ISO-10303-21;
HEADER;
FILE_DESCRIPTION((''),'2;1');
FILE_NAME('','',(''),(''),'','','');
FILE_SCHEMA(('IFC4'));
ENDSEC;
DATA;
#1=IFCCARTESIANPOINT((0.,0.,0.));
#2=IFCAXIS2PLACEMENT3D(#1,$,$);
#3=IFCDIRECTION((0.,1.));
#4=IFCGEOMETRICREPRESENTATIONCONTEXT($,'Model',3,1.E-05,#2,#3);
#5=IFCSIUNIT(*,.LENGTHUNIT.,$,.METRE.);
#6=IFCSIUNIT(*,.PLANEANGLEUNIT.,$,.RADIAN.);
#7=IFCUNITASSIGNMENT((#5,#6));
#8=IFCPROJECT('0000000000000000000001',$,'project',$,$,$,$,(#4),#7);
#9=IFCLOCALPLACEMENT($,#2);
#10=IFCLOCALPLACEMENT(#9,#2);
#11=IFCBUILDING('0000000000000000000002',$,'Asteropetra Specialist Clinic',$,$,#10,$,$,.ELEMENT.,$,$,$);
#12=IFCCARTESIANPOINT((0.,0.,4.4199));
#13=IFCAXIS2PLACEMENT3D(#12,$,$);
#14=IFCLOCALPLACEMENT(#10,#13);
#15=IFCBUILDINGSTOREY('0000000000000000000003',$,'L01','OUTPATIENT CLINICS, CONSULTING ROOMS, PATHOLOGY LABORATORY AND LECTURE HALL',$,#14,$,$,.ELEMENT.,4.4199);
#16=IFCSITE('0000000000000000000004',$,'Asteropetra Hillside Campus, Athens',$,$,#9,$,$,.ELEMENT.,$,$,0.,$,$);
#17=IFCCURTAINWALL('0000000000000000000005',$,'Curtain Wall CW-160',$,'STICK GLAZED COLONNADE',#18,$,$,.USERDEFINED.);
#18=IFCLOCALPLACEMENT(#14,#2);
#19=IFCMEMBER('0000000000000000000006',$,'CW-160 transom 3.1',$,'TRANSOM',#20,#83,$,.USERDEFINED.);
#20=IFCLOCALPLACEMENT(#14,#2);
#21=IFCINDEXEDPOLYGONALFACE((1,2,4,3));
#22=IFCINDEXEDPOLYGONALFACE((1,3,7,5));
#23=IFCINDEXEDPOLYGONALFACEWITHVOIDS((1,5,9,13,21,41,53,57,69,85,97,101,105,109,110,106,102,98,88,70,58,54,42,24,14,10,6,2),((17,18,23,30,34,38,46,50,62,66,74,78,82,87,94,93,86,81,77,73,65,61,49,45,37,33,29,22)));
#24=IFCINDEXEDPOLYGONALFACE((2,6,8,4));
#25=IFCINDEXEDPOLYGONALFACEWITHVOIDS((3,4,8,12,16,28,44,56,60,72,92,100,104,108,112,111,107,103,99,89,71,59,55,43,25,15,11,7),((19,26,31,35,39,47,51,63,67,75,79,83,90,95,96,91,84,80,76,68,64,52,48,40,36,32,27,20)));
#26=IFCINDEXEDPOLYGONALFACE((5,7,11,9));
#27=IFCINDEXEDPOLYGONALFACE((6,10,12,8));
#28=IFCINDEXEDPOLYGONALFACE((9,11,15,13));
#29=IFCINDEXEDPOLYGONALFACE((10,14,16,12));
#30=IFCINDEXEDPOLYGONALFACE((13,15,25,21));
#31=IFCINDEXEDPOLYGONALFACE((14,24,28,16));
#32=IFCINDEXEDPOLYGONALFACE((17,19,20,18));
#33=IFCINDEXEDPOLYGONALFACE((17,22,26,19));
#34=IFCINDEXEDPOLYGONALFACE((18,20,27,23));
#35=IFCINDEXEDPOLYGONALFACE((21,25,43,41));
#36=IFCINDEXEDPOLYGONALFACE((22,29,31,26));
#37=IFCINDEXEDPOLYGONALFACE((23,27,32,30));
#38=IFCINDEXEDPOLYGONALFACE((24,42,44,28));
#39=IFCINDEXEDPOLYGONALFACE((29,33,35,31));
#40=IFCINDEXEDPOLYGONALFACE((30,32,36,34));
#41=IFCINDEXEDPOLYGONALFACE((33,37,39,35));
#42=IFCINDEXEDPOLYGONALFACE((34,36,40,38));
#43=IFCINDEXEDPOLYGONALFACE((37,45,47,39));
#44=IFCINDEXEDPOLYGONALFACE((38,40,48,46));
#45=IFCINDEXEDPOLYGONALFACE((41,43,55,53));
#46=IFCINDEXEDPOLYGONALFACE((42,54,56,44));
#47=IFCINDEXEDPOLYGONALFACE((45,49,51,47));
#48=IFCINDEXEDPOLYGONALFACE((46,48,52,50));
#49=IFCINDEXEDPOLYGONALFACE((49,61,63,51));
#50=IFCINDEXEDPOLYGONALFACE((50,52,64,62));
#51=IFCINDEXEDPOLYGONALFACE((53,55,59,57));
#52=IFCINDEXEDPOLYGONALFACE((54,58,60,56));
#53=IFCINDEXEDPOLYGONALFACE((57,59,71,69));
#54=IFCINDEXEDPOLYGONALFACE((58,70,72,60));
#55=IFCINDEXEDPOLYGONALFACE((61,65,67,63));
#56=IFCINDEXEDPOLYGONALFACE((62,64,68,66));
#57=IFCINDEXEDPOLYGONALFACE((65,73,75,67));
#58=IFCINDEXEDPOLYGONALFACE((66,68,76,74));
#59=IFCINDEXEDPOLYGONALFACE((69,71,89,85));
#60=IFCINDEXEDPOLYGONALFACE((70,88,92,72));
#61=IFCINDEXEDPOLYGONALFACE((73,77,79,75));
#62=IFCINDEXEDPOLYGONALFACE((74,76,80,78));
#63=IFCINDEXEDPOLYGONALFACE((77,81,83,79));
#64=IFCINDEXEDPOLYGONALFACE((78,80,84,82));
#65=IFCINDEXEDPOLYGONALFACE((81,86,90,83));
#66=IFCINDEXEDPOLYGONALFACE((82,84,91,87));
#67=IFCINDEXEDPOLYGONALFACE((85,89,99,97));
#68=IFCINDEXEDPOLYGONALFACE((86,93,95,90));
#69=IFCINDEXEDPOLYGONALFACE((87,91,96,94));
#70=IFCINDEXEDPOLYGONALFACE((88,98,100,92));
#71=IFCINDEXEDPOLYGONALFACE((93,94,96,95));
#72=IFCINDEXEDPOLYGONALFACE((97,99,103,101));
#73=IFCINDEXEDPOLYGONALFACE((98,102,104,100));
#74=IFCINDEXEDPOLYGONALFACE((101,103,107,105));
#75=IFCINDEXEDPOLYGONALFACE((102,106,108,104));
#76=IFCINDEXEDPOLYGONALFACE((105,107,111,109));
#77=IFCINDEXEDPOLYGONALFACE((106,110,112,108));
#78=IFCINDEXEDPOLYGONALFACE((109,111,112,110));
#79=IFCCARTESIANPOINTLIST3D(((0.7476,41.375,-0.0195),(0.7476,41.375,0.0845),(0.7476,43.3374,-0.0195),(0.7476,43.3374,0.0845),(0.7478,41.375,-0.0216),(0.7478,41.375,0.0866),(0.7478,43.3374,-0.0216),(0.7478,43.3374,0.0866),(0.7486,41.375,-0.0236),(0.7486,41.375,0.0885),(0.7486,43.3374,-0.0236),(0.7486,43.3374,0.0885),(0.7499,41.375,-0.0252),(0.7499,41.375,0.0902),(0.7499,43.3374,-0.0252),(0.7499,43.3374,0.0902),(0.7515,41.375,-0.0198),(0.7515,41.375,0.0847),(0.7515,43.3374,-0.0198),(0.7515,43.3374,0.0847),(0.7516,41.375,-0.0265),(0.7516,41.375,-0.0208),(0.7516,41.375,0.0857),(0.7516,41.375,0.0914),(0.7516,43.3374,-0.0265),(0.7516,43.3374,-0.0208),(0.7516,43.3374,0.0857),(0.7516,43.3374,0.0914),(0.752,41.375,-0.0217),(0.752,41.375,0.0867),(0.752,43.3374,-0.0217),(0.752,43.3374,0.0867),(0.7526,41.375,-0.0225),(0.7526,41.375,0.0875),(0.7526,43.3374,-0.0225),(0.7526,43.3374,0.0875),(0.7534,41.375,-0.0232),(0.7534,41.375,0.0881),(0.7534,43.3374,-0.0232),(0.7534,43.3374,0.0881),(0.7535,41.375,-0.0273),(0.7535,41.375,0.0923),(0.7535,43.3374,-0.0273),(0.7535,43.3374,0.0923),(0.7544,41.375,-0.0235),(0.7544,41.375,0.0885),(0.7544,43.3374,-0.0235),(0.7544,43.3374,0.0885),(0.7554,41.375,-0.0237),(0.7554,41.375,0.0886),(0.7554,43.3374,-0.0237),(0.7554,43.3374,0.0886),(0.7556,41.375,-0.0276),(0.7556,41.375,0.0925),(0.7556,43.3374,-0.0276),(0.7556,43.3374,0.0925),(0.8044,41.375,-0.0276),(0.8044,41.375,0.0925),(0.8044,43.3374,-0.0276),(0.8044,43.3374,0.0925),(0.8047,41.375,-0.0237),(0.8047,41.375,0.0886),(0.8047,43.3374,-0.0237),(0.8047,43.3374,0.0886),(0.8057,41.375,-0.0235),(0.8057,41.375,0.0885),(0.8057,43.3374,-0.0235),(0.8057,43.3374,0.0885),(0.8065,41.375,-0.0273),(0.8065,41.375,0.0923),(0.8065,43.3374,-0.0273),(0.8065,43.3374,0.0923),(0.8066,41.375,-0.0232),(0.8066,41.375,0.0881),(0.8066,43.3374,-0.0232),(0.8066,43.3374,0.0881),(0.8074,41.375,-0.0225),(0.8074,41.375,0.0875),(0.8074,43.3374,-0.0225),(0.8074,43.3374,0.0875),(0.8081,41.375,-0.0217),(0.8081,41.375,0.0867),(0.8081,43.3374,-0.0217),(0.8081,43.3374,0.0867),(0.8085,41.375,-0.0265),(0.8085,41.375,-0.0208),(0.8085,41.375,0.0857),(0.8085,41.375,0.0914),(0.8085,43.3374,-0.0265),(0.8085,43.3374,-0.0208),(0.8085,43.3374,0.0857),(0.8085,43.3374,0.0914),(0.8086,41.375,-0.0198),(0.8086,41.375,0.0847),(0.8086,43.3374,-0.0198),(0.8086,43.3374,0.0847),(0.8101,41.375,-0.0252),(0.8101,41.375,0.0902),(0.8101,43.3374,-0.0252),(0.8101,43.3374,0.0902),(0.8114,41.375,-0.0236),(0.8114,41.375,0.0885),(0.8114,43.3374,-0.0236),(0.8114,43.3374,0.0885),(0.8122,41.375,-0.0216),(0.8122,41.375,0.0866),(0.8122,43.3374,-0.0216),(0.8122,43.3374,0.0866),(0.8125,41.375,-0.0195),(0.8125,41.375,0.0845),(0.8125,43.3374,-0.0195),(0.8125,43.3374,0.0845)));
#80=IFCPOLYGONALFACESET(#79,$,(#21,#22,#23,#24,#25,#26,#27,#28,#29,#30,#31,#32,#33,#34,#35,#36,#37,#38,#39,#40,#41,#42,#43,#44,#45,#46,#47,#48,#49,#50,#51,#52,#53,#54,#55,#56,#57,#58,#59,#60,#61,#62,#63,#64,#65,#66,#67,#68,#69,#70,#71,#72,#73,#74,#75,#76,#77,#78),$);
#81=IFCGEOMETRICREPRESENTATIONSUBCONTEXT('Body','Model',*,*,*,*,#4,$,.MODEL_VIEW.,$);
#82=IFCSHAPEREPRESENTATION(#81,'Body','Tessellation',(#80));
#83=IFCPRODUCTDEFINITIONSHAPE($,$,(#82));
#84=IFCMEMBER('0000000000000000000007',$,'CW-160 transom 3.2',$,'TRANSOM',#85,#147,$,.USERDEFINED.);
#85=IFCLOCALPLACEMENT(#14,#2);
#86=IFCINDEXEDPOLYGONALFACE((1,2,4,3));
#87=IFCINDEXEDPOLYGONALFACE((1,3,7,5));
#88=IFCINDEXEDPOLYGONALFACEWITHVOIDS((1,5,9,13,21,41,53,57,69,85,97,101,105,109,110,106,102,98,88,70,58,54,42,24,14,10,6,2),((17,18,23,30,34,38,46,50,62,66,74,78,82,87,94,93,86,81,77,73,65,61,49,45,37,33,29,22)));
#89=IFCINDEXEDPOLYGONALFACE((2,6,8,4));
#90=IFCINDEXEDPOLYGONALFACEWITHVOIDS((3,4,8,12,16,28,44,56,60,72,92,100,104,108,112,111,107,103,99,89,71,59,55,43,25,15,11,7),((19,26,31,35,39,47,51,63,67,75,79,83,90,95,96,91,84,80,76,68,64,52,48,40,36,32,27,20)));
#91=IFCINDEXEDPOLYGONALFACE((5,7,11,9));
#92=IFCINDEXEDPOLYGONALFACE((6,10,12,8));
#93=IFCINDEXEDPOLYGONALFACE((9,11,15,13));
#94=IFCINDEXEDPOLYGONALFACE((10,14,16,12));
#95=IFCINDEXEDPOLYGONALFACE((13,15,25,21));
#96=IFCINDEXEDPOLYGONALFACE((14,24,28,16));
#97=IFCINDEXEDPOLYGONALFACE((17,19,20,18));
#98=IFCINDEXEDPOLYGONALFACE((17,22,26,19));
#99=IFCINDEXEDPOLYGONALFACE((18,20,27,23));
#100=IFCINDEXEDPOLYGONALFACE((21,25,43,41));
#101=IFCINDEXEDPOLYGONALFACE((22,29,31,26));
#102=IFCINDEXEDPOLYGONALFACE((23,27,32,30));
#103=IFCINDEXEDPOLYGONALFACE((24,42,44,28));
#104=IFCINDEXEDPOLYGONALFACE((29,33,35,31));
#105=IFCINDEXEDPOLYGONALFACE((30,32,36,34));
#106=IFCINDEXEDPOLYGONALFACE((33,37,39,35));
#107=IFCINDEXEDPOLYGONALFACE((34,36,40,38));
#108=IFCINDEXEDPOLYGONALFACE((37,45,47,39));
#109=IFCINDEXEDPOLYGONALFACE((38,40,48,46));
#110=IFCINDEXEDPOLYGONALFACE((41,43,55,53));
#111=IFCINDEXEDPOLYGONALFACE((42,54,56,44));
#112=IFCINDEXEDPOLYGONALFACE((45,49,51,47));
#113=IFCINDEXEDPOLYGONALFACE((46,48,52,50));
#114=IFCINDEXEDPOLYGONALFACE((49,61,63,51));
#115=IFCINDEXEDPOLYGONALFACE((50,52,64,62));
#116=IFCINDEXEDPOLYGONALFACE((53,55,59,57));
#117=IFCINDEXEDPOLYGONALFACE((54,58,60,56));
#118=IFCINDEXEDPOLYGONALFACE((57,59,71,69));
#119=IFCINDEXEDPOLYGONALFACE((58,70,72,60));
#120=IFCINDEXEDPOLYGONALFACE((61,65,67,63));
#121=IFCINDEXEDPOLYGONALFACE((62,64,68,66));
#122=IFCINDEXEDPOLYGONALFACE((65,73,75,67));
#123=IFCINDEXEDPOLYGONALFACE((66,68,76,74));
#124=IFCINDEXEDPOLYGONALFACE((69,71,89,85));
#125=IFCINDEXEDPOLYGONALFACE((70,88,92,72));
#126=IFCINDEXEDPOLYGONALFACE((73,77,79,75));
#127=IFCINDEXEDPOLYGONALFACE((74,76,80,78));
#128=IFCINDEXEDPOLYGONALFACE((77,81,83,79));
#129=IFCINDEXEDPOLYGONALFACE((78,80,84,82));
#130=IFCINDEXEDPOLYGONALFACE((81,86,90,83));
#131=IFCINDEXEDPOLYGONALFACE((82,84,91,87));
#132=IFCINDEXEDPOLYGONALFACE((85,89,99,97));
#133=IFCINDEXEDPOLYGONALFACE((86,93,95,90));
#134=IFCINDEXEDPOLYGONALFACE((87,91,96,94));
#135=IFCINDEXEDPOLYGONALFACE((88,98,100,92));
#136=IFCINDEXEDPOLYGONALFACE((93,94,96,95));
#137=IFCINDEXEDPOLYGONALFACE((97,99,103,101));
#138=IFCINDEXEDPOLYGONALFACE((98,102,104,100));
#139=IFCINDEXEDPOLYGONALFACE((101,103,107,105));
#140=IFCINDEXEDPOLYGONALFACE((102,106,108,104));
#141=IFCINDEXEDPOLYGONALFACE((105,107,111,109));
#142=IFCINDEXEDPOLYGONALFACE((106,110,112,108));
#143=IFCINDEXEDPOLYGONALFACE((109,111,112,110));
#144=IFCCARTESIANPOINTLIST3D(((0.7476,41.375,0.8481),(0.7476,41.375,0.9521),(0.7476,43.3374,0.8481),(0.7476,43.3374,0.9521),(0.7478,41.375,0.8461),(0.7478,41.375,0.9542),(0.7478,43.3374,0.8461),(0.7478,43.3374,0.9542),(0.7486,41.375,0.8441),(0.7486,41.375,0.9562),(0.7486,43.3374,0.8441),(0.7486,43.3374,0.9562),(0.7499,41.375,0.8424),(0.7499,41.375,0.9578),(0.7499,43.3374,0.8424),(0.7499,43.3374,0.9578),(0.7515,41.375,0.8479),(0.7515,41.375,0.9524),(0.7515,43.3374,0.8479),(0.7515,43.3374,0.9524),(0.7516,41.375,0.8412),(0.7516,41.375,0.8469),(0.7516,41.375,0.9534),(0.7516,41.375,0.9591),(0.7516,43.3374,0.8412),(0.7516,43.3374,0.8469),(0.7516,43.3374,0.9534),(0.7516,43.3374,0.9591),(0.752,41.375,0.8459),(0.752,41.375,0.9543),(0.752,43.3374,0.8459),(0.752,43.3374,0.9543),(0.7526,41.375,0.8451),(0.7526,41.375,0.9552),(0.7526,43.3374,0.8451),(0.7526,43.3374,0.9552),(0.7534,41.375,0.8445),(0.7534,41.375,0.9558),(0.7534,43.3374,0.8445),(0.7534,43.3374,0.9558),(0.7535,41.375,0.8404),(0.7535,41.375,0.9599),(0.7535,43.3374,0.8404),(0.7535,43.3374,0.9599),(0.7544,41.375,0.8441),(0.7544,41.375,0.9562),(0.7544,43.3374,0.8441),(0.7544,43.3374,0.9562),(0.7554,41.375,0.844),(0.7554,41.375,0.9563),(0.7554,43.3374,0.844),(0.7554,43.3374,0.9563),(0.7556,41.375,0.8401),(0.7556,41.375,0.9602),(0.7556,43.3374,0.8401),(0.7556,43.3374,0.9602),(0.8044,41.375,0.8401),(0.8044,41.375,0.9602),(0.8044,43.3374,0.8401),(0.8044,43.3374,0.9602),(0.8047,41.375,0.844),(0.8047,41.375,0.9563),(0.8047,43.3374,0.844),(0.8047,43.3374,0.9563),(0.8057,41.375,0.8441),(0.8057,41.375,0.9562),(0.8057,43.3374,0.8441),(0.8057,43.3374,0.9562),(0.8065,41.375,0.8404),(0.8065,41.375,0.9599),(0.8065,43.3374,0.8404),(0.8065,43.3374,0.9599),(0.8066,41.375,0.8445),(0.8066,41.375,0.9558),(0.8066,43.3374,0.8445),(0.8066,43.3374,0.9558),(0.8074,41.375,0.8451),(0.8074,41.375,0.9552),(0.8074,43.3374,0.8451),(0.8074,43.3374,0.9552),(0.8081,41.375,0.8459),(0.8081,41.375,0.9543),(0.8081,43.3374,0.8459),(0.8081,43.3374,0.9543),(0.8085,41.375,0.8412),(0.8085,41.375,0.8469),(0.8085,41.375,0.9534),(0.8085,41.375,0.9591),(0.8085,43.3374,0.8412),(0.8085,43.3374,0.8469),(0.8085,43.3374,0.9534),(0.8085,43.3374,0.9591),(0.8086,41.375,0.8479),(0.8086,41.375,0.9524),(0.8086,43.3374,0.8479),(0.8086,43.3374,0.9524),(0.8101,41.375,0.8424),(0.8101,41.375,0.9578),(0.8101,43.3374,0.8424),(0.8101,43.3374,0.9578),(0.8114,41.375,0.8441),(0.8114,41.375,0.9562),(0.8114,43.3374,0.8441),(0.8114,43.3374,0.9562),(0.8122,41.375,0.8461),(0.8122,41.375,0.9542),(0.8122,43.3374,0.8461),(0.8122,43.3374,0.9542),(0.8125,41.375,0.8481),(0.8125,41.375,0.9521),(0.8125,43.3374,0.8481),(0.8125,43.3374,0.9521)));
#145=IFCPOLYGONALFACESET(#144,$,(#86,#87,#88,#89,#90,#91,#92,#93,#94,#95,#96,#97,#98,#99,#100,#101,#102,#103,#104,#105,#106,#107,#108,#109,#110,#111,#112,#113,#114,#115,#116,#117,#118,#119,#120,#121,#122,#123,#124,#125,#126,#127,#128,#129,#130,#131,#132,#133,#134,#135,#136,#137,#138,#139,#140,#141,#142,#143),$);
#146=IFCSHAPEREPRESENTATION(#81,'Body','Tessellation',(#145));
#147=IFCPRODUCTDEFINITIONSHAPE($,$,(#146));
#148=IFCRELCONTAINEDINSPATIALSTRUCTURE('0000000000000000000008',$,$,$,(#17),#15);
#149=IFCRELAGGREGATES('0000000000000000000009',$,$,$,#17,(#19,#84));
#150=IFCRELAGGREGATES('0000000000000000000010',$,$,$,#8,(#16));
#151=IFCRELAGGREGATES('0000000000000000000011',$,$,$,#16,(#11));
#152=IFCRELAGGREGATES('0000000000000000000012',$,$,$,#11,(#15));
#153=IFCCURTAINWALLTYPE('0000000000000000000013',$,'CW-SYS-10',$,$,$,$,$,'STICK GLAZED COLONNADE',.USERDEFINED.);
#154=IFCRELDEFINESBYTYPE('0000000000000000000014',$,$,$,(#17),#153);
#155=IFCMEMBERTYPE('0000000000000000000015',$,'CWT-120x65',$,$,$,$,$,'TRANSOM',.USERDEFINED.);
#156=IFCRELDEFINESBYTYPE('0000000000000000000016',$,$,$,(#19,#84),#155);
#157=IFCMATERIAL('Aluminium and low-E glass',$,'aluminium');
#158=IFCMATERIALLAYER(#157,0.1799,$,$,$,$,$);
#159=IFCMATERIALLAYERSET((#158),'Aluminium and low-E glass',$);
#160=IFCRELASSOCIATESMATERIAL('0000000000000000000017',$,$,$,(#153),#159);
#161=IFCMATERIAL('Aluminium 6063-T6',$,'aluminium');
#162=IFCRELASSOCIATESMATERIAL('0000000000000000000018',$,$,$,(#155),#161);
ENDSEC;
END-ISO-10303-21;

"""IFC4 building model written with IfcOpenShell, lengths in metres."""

from ifc_helpers import new_model, si_unit, direction, frame, origin, origin_2d, place, context, subcontext, project, spatial, hollow_rectangle, extrude, material, layer, layer_set, material_profile, profile_set, type_object, element, aggregate, save


model = new_model("IFC4")

# Units and contexts
model_context = context("Model", 3, precision=1e-05, world=origin(), true_north=direction((0.0, 1.0)))
body_context = subcontext(model_context, "Body", "Model", "MODEL_VIEW")
ifc_project = project(units=[si_unit("LENGTHUNIT", "METRE"), si_unit("PLANEANGLEUNIT", "RADIAN")], contexts=[model_context])

# Site, building, storey
site_placement = place(None, origin())
site = spatial("IfcSite", under=ifc_project, at=site_placement, Name="Asteropetra Hillside Campus, Athens", CompositionType="ELEMENT", RefElevation=0.0)
building_placement = place(site_placement, origin())
building = spatial("IfcBuilding", under=site, at=building_placement, Name="Asteropetra Specialist Clinic", CompositionType="ELEMENT")
storey_placement = place(building_placement, frame((0.0, 0.0, 4.4199)))
storey = spatial("IfcBuildingStorey", under=building, at=storey_placement, Name="L01", Description="OUTPATIENT CLINICS, CONSULTING ROOMS, PATHOLOGY LABORATORY AND LECTURE HALL", CompositionType="ELEMENT", Elevation=4.4199)

# Curtain wall, members
ifc_material_1 = material(Name="Aluminium and low-E glass", Category="aluminium")
ifc_layer_1 = layer(ifc_material_1, 0.1799)
ifc_layer_set_1 = layer_set([ifc_layer_1], Name="Aluminium and low-E glass")
curtain_wall_type = type_object("IfcCurtainWallType", Name="CW-SYS-10", ElementType="STICK GLAZED COLONNADE", PredefinedType="USERDEFINED", material=ifc_layer_set_1)
curtain_wall_placement = place(storey_placement, origin())
curtain_wall = element("IfcCurtainWall", 1, at=curtain_wall_placement, inside=storey, type_object=curtain_wall_type, Name="Curtain Wall CW-160", ObjectType="STICK GLAZED COLONNADE", PredefinedType="USERDEFINED")
ifc_material_2 = material(Name="Aluminium 6063-T6", Category="aluminium")
ifc_material_profile_1 = material_profile(ifc_material_2, hollow_rectangle(XDim=0.0649, YDim=0.1201, WallThickness=0.0039, InnerFilletRadius=0.0039, OuterFilletRadius=0.0081, at=origin_2d()), Name="TRN 120x65x4.0")
ifc_profile_set_1 = profile_set([ifc_material_profile_1], Name="Aluminium 6063-T6")
member_type_1 = type_object("IfcMemberType", Name="CWT-120x65", ElementType="TRANSOM", PredefinedType="USERDEFINED", material=ifc_profile_set_1)
member_1_placement = place(storey_placement, frame((0.78, 43.3374, 0.0325), z_axis=(0.0, -1.0, 0.0), x_axis=(1.0, 0.0, 0.0)))
member_1 = element("IfcMember", 2, at=member_1_placement, type_object=member_type_1, Name="CW-160 transom 3.1", ObjectType="TRANSOM", PredefinedType="USERDEFINED", context=body_context, shape_type="SweptSolid", body=[
    extrude(hollow_rectangle(XDim=0.0649, YDim=0.1201, WallThickness=0.0039, InnerFilletRadius=0.0039, OuterFilletRadius=0.0081, at=origin_2d()), origin(), (0.0, 0.0, 1.0), 1.9624),
])
member_2_placement = place(storey_placement, frame((0.78, 43.3374, 0.9001), z_axis=(0.0, -1.0, 0.0), x_axis=(1.0, 0.0, 0.0)))
member_2 = element("IfcMember", 3, at=member_2_placement, type_object=member_type_1, Name="CW-160 transom 3.2", ObjectType="TRANSOM", PredefinedType="USERDEFINED", context=body_context, shape_type="SweptSolid", body=[
    extrude(hollow_rectangle(XDim=0.0649, YDim=0.1201, WallThickness=0.0039, InnerFilletRadius=0.0039, OuterFilletRadius=0.0081, at=origin_2d()), origin(), (0.0, 0.0, 1.0), 1.9624),
])
aggregate(curtain_wall, [member_1, member_2])

save(model, "model.ifc")
